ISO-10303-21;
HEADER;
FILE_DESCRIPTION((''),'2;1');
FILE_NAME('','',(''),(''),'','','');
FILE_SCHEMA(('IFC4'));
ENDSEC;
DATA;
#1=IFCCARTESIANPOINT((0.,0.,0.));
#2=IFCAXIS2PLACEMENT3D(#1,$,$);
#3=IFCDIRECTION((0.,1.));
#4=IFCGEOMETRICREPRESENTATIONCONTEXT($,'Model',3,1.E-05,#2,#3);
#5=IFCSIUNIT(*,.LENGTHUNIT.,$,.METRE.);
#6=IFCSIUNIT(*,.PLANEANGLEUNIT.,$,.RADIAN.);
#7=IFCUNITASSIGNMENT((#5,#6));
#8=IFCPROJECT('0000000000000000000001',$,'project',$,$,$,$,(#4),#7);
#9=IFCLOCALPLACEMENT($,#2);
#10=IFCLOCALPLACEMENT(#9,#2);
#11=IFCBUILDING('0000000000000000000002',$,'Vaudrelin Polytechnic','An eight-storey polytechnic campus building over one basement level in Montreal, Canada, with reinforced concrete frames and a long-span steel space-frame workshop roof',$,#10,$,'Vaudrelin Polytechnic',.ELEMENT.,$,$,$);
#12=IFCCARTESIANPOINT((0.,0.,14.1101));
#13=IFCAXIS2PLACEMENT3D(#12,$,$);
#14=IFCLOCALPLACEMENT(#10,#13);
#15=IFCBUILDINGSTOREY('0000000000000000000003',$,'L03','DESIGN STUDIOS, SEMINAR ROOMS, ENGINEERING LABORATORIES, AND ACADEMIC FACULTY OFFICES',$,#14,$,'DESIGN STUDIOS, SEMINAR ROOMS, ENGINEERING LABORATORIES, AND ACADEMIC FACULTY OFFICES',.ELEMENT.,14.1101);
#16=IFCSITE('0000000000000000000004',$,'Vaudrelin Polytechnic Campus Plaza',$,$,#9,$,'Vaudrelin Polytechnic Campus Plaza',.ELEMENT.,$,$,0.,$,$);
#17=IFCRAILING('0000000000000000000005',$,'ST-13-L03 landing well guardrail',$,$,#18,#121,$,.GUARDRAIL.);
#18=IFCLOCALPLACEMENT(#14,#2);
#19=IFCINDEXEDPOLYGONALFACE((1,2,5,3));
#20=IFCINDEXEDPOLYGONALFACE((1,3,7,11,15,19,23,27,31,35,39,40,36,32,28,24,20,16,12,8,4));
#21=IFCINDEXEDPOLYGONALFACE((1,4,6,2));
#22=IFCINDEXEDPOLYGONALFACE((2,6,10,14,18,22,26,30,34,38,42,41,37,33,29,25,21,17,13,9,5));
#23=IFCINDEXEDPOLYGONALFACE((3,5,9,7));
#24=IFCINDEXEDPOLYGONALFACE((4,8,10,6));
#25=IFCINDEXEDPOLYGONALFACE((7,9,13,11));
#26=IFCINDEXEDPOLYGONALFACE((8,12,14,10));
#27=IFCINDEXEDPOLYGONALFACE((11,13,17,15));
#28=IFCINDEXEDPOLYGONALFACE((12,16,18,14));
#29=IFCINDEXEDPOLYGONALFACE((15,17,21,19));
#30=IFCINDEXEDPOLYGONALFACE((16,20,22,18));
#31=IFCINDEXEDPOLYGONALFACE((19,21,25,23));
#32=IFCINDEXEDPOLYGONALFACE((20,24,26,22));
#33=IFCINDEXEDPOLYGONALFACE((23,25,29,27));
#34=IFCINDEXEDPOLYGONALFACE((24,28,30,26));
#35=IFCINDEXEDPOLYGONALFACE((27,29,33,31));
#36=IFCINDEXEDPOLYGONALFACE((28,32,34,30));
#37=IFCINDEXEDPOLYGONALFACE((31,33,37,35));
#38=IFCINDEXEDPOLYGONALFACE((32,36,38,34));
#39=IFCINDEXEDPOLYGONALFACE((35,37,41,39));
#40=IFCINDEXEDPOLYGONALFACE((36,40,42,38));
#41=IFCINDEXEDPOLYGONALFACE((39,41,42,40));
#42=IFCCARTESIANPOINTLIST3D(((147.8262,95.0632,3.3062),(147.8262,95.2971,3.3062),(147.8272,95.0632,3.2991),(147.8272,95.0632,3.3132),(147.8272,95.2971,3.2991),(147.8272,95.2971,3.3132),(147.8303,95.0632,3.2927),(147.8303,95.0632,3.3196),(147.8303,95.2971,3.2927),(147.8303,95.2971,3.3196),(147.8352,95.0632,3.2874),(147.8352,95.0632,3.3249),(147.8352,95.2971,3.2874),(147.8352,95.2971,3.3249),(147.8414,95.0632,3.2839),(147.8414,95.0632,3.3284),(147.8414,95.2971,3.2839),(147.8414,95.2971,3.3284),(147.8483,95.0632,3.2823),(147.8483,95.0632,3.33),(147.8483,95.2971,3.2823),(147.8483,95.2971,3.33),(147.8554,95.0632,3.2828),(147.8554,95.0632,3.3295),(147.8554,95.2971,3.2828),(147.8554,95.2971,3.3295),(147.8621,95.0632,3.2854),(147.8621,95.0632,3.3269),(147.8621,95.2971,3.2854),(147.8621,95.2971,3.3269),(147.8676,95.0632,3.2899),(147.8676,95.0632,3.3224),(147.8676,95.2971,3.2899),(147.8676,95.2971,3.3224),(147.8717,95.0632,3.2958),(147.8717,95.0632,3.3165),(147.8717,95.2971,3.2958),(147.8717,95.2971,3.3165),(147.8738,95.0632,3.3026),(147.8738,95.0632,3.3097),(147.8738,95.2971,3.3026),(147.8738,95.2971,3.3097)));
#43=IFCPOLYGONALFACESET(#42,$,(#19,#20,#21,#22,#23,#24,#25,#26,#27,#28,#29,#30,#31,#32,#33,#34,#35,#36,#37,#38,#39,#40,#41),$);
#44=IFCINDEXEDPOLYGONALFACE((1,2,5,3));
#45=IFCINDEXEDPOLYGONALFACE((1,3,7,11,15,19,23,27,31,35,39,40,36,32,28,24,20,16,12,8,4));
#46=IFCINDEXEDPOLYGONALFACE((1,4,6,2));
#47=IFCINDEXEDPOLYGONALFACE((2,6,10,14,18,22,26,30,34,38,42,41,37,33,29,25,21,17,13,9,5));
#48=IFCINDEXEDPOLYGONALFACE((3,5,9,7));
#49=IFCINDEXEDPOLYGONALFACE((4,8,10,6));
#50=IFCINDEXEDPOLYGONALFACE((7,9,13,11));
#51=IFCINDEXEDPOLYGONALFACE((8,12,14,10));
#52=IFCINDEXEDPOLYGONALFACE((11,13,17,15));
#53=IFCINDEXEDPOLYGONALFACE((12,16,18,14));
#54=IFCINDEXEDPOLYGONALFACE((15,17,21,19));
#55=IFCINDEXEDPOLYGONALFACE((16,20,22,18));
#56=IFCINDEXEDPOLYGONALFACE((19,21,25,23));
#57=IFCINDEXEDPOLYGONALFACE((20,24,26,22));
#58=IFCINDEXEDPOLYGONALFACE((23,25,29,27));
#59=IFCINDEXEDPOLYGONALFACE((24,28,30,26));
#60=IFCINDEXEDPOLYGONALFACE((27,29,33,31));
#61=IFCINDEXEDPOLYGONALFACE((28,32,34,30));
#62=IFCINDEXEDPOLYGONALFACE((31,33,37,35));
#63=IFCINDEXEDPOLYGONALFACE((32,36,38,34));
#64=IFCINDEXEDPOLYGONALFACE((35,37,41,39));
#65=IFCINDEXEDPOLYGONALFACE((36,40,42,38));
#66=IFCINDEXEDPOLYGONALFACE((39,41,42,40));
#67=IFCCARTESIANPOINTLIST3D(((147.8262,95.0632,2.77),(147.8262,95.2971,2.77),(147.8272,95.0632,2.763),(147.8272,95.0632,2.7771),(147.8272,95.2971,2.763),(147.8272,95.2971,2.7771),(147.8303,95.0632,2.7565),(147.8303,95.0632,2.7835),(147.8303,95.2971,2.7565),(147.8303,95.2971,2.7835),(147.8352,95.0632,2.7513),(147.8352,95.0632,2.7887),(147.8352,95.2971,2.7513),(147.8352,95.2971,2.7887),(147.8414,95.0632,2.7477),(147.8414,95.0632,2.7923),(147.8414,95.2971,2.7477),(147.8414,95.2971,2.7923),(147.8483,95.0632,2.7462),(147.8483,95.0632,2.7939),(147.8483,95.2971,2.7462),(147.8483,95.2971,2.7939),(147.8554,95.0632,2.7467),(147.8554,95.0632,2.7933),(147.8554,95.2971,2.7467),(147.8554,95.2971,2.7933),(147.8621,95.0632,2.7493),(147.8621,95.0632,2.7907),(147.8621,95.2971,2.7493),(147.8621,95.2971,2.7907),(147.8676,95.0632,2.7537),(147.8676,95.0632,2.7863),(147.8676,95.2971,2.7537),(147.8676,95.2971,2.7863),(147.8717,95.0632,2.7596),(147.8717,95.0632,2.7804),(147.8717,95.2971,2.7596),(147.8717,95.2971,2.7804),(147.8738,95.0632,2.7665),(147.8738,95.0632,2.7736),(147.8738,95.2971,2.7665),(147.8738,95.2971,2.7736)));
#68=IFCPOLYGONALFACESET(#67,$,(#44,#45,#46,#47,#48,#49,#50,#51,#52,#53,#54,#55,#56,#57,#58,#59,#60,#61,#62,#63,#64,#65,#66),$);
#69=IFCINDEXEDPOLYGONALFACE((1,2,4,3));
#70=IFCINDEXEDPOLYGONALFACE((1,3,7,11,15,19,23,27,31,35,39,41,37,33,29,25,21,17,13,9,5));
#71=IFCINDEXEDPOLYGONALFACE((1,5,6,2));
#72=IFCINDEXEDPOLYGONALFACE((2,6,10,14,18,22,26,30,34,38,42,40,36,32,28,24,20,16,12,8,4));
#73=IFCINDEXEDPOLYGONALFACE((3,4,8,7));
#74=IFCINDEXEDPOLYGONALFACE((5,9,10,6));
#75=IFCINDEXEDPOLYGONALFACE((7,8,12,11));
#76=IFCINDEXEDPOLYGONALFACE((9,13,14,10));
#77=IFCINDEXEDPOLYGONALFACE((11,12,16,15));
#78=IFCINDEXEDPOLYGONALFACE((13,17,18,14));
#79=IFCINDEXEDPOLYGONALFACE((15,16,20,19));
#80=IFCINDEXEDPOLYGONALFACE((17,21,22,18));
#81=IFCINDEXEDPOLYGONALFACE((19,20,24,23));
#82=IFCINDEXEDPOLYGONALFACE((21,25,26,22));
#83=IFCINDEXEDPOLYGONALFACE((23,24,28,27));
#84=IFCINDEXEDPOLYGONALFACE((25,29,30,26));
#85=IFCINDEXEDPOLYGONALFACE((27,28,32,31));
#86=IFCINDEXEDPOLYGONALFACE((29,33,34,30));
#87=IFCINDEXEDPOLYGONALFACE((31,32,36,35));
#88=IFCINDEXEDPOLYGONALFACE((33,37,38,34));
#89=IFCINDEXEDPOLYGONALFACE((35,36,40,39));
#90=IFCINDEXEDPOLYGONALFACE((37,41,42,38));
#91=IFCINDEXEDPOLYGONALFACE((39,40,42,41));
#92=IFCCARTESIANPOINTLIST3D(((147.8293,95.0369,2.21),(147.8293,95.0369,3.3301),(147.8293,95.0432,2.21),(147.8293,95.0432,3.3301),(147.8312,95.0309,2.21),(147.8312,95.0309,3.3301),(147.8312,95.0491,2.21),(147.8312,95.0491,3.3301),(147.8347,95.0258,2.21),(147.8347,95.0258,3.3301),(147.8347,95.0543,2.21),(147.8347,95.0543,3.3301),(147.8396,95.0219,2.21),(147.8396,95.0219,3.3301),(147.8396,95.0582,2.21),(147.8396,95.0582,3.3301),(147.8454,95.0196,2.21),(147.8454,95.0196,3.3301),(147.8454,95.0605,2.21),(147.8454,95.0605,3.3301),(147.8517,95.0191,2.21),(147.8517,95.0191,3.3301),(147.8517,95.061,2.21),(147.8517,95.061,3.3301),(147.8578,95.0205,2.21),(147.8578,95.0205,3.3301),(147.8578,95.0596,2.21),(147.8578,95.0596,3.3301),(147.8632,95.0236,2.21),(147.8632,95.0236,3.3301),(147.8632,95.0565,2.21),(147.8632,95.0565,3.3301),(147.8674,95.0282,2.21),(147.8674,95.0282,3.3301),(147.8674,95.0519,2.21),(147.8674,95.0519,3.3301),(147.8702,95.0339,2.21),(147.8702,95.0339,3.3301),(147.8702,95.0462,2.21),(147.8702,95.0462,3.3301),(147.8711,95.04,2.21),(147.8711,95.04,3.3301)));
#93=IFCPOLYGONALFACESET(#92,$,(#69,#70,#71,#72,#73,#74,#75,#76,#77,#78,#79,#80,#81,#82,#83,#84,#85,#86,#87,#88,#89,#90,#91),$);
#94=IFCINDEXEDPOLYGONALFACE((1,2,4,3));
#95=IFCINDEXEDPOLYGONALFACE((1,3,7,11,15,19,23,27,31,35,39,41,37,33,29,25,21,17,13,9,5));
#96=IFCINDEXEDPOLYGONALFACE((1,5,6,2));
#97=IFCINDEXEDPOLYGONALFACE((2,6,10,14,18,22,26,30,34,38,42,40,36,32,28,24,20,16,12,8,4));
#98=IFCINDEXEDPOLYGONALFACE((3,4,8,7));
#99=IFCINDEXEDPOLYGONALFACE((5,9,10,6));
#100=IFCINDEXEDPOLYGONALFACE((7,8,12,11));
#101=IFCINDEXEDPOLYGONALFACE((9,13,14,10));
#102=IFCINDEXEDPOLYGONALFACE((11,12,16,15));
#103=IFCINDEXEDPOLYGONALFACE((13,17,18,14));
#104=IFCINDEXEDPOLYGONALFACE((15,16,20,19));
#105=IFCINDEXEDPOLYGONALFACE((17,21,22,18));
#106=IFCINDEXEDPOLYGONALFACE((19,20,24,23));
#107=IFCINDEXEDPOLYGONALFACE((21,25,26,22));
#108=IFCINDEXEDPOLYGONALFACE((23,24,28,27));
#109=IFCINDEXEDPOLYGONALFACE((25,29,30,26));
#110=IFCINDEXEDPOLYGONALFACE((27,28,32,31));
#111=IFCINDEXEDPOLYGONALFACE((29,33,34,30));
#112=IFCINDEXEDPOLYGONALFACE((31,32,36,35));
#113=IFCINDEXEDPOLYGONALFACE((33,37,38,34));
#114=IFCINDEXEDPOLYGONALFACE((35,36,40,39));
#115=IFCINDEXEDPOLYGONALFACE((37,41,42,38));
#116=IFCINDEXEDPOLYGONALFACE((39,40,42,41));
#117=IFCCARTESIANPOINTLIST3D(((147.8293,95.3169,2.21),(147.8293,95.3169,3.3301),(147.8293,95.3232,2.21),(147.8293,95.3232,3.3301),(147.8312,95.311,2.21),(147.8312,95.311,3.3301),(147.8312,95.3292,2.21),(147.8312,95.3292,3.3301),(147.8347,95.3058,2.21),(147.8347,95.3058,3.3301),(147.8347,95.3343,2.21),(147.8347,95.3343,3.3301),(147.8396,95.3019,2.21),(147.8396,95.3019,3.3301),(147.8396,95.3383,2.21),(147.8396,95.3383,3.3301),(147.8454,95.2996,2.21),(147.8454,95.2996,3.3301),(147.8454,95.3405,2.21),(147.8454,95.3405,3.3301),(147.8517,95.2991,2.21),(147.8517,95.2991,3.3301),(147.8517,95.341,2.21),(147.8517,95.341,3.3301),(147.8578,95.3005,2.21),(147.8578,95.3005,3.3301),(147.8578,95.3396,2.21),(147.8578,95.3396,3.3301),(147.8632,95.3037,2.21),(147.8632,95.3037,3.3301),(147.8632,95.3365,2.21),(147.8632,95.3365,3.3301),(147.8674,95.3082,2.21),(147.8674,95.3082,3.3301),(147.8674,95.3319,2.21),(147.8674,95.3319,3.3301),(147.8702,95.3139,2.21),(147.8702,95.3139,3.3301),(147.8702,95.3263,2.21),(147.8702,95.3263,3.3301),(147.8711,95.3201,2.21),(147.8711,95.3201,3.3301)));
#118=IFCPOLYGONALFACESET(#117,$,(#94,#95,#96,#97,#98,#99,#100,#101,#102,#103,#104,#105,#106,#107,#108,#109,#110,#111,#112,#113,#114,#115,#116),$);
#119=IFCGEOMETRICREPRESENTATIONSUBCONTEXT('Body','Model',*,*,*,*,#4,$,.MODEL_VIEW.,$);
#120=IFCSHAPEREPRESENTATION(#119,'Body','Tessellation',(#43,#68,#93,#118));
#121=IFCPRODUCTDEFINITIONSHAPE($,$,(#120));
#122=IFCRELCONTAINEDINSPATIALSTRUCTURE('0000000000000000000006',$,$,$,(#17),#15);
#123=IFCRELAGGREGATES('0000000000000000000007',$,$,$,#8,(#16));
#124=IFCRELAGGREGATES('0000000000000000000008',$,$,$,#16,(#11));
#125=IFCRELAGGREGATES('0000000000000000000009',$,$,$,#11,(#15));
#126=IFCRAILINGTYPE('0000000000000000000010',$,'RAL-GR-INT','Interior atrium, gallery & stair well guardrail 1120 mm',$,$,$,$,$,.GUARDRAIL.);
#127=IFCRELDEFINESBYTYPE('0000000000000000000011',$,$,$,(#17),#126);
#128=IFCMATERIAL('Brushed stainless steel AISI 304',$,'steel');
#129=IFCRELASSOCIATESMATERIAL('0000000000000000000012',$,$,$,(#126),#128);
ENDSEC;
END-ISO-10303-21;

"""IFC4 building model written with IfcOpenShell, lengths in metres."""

from ifc_helpers import new_model, si_unit, direction, frame, origin, origin_2d, place, context, subcontext, project, spatial, circle, extrude, material, type_object, element, save


model = new_model("IFC4")

# Units and contexts
model_context = context("Model", 3, precision=1e-05, world=origin(), true_north=direction((0.0, 1.0)))
body_context = subcontext(model_context, "Body", "Model", "MODEL_VIEW")
ifc_project = project(units=[si_unit("LENGTHUNIT", "METRE"), si_unit("PLANEANGLEUNIT", "RADIAN")], contexts=[model_context])

# Site, building, storey
site_placement = place(None, origin())
site = spatial("IfcSite", under=ifc_project, at=site_placement, Name="Vaudrelin Polytechnic Campus Plaza", LongName="Vaudrelin Polytechnic Campus Plaza", CompositionType="ELEMENT", RefElevation=0.0)
building_placement = place(site_placement, origin())
building = spatial("IfcBuilding", under=site, at=building_placement, Name="Vaudrelin Polytechnic", Description="An eight-storey polytechnic campus building over one basement level in Montreal, Canada, with reinforced concrete frames and a long-span steel space-frame workshop roof", LongName="Vaudrelin Polytechnic", CompositionType="ELEMENT")
storey_placement = place(building_placement, frame((0.0, 0.0, 14.1101)))
storey = spatial("IfcBuildingStorey", under=building, at=storey_placement, Name="L03", Description="DESIGN STUDIOS, SEMINAR ROOMS, ENGINEERING LABORATORIES, AND ACADEMIC FACULTY OFFICES", LongName="DESIGN STUDIOS, SEMINAR ROOMS, ENGINEERING LABORATORIES, AND ACADEMIC FACULTY OFFICES", CompositionType="ELEMENT", Elevation=14.1101)

# Railing
ifc_material_1 = material(Name="Brushed stainless steel AISI 304", Category="steel")
railing_type_1 = type_object("IfcRailingType", Name="RAL-GR-INT", Description="Interior atrium, gallery & stair well guardrail 1120 mm", PredefinedType="GUARDRAIL", material=ifc_material_1)
railing_1_placement = place(storey_placement, frame((147.8501, 95.04, 2.21)))
element("IfcRailing", 1, at=railing_1_placement, inside=storey, type_object=railing_type_1, Name="ST-13-L03 landing well guardrail", PredefinedType="GUARDRAIL", context=body_context, shape_type="SweptSolid", body=[
    extrude(circle(Radius=0.0239, at=origin_2d()), frame((0.0, 0.0232, 1.0962), z_axis=(0.0, 1.0, 0.0), x_axis=(-1.0, 0.0, 0.0)), (0.0, 0.0, 1.0), 0.2339),
    extrude(circle(Radius=0.0239, at=origin_2d()), frame((0.0, 0.0232, 0.5601), z_axis=(0.0, 1.0, 0.0), x_axis=(-1.0, 0.0, 0.0)), (0.0, 0.0, 1.0), 0.2339),
    extrude(circle(Radius=0.021, at=origin_2d()), origin(), (0.0, 0.0, 1.0), 1.1201),
    extrude(circle(Radius=0.021, at=origin_2d()), frame((0.0, 0.28, 0.0)), (0.0, 0.0, 1.0), 1.1201),
])

save(model, "model.ifc")
